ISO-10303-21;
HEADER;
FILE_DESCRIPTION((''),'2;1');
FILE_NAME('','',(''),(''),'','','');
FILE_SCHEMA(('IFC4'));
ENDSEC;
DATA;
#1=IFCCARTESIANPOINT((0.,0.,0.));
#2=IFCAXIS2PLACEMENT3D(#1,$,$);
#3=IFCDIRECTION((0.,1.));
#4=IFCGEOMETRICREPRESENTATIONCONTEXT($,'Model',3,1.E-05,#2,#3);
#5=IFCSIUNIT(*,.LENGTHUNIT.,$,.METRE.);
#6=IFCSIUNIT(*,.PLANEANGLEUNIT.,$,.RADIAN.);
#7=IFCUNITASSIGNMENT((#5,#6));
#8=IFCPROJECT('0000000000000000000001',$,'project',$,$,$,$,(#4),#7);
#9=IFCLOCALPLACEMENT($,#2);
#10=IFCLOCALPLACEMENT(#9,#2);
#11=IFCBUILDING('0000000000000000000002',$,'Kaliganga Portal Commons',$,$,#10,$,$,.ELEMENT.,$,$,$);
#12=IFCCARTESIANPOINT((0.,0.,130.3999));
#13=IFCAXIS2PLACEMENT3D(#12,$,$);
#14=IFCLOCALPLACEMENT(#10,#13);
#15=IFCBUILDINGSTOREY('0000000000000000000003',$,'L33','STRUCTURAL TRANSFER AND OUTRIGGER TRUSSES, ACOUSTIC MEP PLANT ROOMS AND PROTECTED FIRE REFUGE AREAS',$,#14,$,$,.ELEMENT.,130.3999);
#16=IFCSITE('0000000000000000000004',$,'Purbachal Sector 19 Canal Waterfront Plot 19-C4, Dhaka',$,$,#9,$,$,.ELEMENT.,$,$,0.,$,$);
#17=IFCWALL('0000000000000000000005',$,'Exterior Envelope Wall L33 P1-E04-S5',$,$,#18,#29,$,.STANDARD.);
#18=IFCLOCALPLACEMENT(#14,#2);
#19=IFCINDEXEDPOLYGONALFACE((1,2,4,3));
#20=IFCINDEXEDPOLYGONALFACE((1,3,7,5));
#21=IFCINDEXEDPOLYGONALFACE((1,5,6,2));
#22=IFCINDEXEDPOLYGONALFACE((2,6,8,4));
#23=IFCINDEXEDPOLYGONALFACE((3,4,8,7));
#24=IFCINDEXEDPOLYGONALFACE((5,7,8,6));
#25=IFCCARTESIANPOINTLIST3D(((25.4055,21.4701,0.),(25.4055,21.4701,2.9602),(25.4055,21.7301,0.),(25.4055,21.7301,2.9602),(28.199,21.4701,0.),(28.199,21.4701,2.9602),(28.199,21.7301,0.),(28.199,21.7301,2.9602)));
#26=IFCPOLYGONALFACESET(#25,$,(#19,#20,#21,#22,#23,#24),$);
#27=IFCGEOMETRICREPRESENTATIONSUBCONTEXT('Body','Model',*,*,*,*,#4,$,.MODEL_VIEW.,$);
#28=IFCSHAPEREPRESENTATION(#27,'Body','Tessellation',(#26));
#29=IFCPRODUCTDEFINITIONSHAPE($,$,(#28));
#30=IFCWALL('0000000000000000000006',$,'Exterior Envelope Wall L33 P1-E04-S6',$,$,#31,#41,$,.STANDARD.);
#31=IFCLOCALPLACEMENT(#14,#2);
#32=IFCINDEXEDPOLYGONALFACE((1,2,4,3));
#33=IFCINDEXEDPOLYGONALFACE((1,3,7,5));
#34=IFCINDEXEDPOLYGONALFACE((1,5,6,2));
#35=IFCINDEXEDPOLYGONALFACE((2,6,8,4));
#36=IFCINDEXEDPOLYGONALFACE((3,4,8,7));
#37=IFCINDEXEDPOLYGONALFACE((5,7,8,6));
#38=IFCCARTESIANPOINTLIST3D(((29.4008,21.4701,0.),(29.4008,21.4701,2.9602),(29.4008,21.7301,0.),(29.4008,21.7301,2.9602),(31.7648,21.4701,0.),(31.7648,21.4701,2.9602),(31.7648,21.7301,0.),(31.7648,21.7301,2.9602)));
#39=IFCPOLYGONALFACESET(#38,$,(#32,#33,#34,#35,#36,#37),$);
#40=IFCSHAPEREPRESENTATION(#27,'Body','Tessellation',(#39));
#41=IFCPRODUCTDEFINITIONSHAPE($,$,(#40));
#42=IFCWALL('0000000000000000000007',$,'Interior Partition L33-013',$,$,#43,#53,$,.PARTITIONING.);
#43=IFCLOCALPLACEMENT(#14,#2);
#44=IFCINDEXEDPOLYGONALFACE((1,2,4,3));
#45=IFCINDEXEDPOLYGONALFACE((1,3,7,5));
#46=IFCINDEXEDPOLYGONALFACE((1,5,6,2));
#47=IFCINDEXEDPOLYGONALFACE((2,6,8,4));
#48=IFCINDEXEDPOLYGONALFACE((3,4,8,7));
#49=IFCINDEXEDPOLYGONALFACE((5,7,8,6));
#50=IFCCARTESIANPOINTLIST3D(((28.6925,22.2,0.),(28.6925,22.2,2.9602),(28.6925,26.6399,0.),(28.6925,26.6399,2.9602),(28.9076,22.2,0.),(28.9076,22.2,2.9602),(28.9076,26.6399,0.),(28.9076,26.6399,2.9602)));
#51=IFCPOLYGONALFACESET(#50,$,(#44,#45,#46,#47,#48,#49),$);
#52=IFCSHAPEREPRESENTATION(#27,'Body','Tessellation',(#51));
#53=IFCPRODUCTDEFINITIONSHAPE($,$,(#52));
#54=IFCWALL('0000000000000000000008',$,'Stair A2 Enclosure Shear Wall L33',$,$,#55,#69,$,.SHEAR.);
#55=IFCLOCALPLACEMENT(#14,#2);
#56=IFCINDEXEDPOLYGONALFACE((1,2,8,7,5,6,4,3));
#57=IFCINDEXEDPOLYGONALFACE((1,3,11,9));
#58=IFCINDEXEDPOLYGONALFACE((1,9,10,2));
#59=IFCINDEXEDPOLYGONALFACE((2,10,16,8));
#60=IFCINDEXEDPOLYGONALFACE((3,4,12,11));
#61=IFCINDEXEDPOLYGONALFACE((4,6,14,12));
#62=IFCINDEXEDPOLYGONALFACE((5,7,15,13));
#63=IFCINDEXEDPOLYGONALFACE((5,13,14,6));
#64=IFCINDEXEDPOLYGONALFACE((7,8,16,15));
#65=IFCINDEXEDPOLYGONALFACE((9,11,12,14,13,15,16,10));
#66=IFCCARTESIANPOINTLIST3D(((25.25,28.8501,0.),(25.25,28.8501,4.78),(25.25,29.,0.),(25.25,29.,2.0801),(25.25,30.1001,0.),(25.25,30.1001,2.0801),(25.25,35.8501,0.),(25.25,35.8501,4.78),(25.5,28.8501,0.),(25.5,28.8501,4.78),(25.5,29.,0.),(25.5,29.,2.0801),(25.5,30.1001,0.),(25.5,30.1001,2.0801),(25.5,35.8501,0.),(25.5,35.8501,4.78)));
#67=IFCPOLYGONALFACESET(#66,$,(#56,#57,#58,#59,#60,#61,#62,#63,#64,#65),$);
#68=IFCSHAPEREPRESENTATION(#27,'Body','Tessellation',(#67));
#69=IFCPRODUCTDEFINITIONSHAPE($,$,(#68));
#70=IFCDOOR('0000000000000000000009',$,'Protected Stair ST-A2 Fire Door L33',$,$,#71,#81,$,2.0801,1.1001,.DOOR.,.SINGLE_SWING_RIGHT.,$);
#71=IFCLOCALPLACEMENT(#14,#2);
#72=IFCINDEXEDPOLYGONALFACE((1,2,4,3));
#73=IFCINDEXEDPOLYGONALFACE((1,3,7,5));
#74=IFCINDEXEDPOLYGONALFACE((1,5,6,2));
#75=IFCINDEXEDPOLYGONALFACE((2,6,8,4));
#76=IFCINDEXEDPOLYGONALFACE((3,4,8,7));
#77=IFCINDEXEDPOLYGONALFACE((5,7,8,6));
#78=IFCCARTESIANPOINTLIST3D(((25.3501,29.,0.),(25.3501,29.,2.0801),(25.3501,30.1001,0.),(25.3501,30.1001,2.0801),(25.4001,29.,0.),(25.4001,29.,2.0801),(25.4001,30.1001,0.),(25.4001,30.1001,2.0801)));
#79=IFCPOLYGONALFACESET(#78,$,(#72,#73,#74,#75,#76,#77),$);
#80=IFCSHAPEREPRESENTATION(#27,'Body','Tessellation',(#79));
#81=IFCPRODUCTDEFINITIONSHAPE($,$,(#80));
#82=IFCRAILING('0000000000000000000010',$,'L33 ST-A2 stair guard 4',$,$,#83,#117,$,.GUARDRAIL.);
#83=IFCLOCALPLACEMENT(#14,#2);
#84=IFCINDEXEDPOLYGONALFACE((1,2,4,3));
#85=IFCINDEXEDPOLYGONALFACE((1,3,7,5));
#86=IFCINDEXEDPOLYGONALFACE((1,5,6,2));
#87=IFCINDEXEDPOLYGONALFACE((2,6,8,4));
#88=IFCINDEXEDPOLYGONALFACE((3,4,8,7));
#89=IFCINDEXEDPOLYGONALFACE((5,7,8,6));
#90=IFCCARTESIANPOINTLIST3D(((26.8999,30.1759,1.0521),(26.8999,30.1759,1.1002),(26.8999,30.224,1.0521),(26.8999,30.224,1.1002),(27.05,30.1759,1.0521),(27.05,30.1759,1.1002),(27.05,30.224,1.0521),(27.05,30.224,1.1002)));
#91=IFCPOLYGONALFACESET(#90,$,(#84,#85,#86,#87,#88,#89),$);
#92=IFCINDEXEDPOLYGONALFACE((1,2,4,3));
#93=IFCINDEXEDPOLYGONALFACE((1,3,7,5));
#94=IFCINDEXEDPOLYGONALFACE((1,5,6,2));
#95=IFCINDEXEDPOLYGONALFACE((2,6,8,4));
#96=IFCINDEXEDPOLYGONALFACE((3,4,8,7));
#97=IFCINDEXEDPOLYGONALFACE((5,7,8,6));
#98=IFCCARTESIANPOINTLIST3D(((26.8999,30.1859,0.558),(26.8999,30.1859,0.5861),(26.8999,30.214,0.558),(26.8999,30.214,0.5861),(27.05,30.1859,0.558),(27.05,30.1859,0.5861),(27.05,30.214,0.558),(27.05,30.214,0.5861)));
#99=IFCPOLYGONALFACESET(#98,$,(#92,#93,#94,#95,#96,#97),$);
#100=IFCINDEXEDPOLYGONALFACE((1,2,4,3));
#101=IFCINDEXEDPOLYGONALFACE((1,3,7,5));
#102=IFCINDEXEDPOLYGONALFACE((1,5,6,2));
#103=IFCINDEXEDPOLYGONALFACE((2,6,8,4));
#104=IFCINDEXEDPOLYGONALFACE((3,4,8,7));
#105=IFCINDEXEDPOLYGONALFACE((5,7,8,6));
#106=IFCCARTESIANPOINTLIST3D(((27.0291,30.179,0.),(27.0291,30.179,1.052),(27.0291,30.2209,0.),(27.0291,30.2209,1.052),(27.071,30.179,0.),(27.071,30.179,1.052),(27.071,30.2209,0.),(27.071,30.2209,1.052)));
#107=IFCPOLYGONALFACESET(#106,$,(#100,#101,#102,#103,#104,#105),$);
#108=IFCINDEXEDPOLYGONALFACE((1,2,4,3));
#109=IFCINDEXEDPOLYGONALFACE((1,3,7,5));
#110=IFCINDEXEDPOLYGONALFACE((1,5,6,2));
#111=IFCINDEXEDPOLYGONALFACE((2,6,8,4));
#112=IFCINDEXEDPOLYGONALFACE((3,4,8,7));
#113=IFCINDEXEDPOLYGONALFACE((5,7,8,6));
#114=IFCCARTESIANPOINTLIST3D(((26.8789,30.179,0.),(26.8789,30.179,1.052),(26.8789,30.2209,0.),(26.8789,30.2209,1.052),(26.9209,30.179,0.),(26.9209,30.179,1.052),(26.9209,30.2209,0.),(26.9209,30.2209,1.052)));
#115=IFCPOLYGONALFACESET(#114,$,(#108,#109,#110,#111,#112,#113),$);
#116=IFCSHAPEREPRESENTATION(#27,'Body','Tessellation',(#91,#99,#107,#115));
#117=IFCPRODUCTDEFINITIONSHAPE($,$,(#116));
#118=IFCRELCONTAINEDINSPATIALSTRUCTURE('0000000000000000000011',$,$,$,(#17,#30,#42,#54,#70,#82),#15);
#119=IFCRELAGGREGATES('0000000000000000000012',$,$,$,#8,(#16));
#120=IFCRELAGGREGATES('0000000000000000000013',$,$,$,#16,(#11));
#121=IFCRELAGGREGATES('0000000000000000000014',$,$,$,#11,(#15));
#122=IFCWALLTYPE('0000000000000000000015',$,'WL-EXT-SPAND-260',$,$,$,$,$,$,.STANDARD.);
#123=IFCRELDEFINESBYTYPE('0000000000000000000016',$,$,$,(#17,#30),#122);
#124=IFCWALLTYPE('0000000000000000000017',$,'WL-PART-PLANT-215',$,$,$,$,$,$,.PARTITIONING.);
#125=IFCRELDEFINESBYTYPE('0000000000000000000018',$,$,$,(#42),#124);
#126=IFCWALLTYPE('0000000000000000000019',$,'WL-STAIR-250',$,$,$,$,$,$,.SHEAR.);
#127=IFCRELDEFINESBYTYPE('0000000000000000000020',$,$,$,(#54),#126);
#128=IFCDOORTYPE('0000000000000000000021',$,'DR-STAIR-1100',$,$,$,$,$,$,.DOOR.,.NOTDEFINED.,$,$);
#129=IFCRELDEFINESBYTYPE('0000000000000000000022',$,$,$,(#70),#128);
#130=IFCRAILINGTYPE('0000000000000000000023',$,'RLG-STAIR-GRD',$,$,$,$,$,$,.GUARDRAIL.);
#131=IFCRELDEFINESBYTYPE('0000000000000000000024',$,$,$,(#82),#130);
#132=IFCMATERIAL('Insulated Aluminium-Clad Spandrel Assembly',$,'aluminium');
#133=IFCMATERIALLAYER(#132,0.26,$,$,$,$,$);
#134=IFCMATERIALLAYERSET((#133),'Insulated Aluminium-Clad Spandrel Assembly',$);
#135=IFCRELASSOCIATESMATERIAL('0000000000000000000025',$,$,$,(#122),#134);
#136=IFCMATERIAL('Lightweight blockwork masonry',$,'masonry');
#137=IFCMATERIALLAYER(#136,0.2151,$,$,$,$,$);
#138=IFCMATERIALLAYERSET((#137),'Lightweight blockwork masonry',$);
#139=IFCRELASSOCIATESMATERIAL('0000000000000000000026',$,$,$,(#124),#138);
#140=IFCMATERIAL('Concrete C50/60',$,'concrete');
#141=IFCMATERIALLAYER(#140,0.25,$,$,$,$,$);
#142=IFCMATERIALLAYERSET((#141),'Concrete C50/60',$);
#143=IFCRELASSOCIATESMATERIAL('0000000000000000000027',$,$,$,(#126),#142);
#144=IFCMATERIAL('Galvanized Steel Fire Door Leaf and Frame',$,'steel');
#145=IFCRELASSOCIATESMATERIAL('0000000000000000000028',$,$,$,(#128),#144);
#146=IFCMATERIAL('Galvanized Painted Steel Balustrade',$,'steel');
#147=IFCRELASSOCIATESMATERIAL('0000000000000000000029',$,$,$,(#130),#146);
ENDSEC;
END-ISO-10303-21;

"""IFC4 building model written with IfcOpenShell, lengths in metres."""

from ifc_helpers import new_model, si_unit, direction, frame, frame_2d, origin, origin_2d, place, context, subcontext, project, spatial, rectangle, extrude, material, layer, layer_set, type_object, element, fill, save


model = new_model("IFC4")

# Units and contexts
model_context = context("Model", 3, precision=1e-05, world=origin(), true_north=direction((0.0, 1.0)))
body_context = subcontext(model_context, "Body", "Model", "MODEL_VIEW")
ifc_project = project(units=[si_unit("LENGTHUNIT", "METRE"), si_unit("PLANEANGLEUNIT", "RADIAN")], contexts=[model_context])

# Site, building, storey
site_placement = place(None, origin())
site = spatial("IfcSite", under=ifc_project, at=site_placement, Name="Purbachal Sector 19 Canal Waterfront Plot 19-C4, Dhaka", CompositionType="ELEMENT", RefElevation=0.0)
building_placement = place(site_placement, origin())
building = spatial("IfcBuilding", under=site, at=building_placement, Name="Kaliganga Portal Commons", CompositionType="ELEMENT")
storey_placement = place(building_placement, frame((0.0, 0.0, 130.3999)))
storey = spatial("IfcBuildingStorey", under=building, at=storey_placement, Name="L33", Description="STRUCTURAL TRANSFER AND OUTRIGGER TRUSSES, ACOUSTIC MEP PLANT ROOMS AND PROTECTED FIRE REFUGE AREAS", CompositionType="ELEMENT", Elevation=130.3999)

# Walls
ifc_material_1 = material(Name="Insulated Aluminium-Clad Spandrel Assembly", Category="aluminium")
ifc_layer_1 = layer(ifc_material_1, 0.26)
ifc_layer_set_1 = layer_set([ifc_layer_1], Name="Insulated Aluminium-Clad Spandrel Assembly")
wall_type_1 = type_object("IfcWallType", Name="WL-EXT-SPAND-260", PredefinedType="STANDARD", material=ifc_layer_set_1)
wall_1_placement = place(storey_placement, frame((28.199, 21.6001, 0.0), z_axis=(0.0, 0.0, 1.0), x_axis=(-1.0, 0.0, 0.0)))
element("IfcWall", 1, at=wall_1_placement, inside=storey, type_object=wall_type_1, Name="Exterior Envelope Wall L33 P1-E04-S5", PredefinedType="STANDARD", context=body_context, shape_type="SweptSolid", body=[
    extrude(rectangle(XDim=2.7935, YDim=0.26, at=frame_2d((1.3967, 0.0))), origin(), (0.0, 0.0, 1.0), 2.9602),
])
wall_2_placement = place(storey_placement, frame((31.7649, 21.6001, 0.0), z_axis=(0.0, 0.0, 1.0), x_axis=(-1.0, 0.0, 0.0)))
element("IfcWall", 2, at=wall_2_placement, inside=storey, type_object=wall_type_1, Name="Exterior Envelope Wall L33 P1-E04-S6", PredefinedType="STANDARD", context=body_context, shape_type="SweptSolid", body=[
    extrude(rectangle(XDim=2.364, YDim=0.26, at=frame_2d((1.1821, 0.0))), origin(), (0.0, 0.0, 1.0), 2.9602),
])
ifc_material_2 = material(Name="Lightweight blockwork masonry", Category="masonry")
ifc_layer_2 = layer(ifc_material_2, 0.2151)
ifc_layer_set_2 = layer_set([ifc_layer_2], Name="Lightweight blockwork masonry")
wall_type_2 = type_object("IfcWallType", Name="WL-PART-PLANT-215", PredefinedType="PARTITIONING", material=ifc_layer_set_2)
wall_3_placement = place(storey_placement, frame((28.8, 22.2, 0.0), z_axis=(0.0, 0.0, 1.0), x_axis=(0.0, 1.0, 0.0)))
element("IfcWall", 3, at=wall_3_placement, inside=storey, type_object=wall_type_2, Name="Interior Partition L33-013", PredefinedType="PARTITIONING", context=body_context, shape_type="SweptSolid", body=[
    extrude(rectangle(XDim=4.4399, YDim=0.2151, at=frame_2d((2.22, 0.0))), origin(), (0.0, 0.0, 1.0), 2.9602),
])

# Wall, opening, door
ifc_material_3 = material(Name="Concrete C50/60", Category="concrete")
ifc_layer_3 = layer(ifc_material_3, 0.25)
ifc_layer_set_3 = layer_set([ifc_layer_3], Name="Concrete C50/60")
wall_type_3 = type_object("IfcWallType", Name="WL-STAIR-250", PredefinedType="SHEAR", material=ifc_layer_set_3)
wall_4_placement = place(storey_placement, frame((25.375, 28.8501, 0.0), z_axis=(0.0, 0.0, 1.0), x_axis=(0.0, 1.0, 0.0)))
wall_4 = element("IfcWall", 4, at=wall_4_placement, inside=storey, type_object=wall_type_3, Name="Stair A2 Enclosure Shear Wall L33", PredefinedType="SHEAR", context=body_context, shape_type="SweptSolid", body=[
    extrude(rectangle(XDim=7.0, YDim=0.25, at=frame_2d((3.5, 0.0))), origin(), (0.0, 0.0, 1.0), 4.78),
])
opening_placement = place(wall_4_placement, frame((0.1499, 0.0, 0.0)))
opening = element("IfcOpeningElement", 5, at=opening_placement, cuts=wall_4, PredefinedType="OPENING", context=body_context, shape_type="SweptSolid", body=[
    extrude(rectangle(XDim=1.1001, YDim=2.0801, at=frame_2d((0.55, 1.04))), frame((0.0, 0.135, 0.0), z_axis=(0.0, -1.0, 0.0), x_axis=(1.0, 0.0, 0.0)), (0.0, 0.0, 1.0), 0.27),
])
ifc_material_4 = material(Name="Galvanized Steel Fire Door Leaf and Frame", Category="steel")
door_type = type_object("IfcDoorType", Name="DR-STAIR-1100", OperationType="NOTDEFINED", PredefinedType="DOOR", material=ifc_material_4)
door_placement = place(opening_placement, origin())
door = element("IfcDoor", 6, at=door_placement, inside=storey, type_object=door_type, Name="Protected Stair ST-A2 Fire Door L33", OperationType="SINGLE_SWING_RIGHT", OverallHeight=2.0801, OverallWidth=1.1001, PredefinedType="DOOR", context=body_context, shape_type="SweptSolid", body=[
    extrude(rectangle(XDim=1.1001, YDim=2.0801, at=frame_2d((0.55, 1.04))), frame((0.0, 0.0249, 0.0), z_axis=(0.0, -1.0, 0.0), x_axis=(1.0, 0.0, 0.0)), (0.0, 0.0, 1.0), 0.05),
])
fill(opening, door)

# Railing
ifc_material_5 = material(Name="Galvanized Painted Steel Balustrade", Category="steel")
railing_type = type_object("IfcRailingType", Name="RLG-STAIR-GRD", PredefinedType="GUARDRAIL", material=ifc_material_5)
railing_placement = place(storey_placement, frame((27.05, 30.2, 0.0)))
element("IfcRailing", 7, at=railing_placement, inside=storey, type_object=railing_type, Name="L33 ST-A2 stair guard 4", PredefinedType="GUARDRAIL", context=body_context, shape_type="SweptSolid", body=[
    extrude(rectangle(XDim=0.0481, YDim=0.0481, at=origin_2d()), frame((0.0, 0.0, 1.0762), z_axis=(-1.0, 0.0, 0.0), x_axis=(0.0, -1.0, 0.0)), (0.0, 0.0, 1.0), 0.1501),
    extrude(rectangle(XDim=0.0281, YDim=0.0281, at=origin_2d()), frame((0.0, 0.0, 0.572), z_axis=(-1.0, 0.0, 0.0), x_axis=(0.0, -1.0, 0.0)), (0.0, 0.0, 1.0), 0.1501),
    extrude(rectangle(XDim=0.042, YDim=0.042, at=origin_2d()), origin(), (0.0, 0.0, 1.0), 1.052),
    extrude(rectangle(XDim=0.042, YDim=0.042, at=origin_2d()), frame((-0.1501, 0.0, 0.0)), (0.0, 0.0, 1.0), 1.052),
])

save(model, "model.ifc")
